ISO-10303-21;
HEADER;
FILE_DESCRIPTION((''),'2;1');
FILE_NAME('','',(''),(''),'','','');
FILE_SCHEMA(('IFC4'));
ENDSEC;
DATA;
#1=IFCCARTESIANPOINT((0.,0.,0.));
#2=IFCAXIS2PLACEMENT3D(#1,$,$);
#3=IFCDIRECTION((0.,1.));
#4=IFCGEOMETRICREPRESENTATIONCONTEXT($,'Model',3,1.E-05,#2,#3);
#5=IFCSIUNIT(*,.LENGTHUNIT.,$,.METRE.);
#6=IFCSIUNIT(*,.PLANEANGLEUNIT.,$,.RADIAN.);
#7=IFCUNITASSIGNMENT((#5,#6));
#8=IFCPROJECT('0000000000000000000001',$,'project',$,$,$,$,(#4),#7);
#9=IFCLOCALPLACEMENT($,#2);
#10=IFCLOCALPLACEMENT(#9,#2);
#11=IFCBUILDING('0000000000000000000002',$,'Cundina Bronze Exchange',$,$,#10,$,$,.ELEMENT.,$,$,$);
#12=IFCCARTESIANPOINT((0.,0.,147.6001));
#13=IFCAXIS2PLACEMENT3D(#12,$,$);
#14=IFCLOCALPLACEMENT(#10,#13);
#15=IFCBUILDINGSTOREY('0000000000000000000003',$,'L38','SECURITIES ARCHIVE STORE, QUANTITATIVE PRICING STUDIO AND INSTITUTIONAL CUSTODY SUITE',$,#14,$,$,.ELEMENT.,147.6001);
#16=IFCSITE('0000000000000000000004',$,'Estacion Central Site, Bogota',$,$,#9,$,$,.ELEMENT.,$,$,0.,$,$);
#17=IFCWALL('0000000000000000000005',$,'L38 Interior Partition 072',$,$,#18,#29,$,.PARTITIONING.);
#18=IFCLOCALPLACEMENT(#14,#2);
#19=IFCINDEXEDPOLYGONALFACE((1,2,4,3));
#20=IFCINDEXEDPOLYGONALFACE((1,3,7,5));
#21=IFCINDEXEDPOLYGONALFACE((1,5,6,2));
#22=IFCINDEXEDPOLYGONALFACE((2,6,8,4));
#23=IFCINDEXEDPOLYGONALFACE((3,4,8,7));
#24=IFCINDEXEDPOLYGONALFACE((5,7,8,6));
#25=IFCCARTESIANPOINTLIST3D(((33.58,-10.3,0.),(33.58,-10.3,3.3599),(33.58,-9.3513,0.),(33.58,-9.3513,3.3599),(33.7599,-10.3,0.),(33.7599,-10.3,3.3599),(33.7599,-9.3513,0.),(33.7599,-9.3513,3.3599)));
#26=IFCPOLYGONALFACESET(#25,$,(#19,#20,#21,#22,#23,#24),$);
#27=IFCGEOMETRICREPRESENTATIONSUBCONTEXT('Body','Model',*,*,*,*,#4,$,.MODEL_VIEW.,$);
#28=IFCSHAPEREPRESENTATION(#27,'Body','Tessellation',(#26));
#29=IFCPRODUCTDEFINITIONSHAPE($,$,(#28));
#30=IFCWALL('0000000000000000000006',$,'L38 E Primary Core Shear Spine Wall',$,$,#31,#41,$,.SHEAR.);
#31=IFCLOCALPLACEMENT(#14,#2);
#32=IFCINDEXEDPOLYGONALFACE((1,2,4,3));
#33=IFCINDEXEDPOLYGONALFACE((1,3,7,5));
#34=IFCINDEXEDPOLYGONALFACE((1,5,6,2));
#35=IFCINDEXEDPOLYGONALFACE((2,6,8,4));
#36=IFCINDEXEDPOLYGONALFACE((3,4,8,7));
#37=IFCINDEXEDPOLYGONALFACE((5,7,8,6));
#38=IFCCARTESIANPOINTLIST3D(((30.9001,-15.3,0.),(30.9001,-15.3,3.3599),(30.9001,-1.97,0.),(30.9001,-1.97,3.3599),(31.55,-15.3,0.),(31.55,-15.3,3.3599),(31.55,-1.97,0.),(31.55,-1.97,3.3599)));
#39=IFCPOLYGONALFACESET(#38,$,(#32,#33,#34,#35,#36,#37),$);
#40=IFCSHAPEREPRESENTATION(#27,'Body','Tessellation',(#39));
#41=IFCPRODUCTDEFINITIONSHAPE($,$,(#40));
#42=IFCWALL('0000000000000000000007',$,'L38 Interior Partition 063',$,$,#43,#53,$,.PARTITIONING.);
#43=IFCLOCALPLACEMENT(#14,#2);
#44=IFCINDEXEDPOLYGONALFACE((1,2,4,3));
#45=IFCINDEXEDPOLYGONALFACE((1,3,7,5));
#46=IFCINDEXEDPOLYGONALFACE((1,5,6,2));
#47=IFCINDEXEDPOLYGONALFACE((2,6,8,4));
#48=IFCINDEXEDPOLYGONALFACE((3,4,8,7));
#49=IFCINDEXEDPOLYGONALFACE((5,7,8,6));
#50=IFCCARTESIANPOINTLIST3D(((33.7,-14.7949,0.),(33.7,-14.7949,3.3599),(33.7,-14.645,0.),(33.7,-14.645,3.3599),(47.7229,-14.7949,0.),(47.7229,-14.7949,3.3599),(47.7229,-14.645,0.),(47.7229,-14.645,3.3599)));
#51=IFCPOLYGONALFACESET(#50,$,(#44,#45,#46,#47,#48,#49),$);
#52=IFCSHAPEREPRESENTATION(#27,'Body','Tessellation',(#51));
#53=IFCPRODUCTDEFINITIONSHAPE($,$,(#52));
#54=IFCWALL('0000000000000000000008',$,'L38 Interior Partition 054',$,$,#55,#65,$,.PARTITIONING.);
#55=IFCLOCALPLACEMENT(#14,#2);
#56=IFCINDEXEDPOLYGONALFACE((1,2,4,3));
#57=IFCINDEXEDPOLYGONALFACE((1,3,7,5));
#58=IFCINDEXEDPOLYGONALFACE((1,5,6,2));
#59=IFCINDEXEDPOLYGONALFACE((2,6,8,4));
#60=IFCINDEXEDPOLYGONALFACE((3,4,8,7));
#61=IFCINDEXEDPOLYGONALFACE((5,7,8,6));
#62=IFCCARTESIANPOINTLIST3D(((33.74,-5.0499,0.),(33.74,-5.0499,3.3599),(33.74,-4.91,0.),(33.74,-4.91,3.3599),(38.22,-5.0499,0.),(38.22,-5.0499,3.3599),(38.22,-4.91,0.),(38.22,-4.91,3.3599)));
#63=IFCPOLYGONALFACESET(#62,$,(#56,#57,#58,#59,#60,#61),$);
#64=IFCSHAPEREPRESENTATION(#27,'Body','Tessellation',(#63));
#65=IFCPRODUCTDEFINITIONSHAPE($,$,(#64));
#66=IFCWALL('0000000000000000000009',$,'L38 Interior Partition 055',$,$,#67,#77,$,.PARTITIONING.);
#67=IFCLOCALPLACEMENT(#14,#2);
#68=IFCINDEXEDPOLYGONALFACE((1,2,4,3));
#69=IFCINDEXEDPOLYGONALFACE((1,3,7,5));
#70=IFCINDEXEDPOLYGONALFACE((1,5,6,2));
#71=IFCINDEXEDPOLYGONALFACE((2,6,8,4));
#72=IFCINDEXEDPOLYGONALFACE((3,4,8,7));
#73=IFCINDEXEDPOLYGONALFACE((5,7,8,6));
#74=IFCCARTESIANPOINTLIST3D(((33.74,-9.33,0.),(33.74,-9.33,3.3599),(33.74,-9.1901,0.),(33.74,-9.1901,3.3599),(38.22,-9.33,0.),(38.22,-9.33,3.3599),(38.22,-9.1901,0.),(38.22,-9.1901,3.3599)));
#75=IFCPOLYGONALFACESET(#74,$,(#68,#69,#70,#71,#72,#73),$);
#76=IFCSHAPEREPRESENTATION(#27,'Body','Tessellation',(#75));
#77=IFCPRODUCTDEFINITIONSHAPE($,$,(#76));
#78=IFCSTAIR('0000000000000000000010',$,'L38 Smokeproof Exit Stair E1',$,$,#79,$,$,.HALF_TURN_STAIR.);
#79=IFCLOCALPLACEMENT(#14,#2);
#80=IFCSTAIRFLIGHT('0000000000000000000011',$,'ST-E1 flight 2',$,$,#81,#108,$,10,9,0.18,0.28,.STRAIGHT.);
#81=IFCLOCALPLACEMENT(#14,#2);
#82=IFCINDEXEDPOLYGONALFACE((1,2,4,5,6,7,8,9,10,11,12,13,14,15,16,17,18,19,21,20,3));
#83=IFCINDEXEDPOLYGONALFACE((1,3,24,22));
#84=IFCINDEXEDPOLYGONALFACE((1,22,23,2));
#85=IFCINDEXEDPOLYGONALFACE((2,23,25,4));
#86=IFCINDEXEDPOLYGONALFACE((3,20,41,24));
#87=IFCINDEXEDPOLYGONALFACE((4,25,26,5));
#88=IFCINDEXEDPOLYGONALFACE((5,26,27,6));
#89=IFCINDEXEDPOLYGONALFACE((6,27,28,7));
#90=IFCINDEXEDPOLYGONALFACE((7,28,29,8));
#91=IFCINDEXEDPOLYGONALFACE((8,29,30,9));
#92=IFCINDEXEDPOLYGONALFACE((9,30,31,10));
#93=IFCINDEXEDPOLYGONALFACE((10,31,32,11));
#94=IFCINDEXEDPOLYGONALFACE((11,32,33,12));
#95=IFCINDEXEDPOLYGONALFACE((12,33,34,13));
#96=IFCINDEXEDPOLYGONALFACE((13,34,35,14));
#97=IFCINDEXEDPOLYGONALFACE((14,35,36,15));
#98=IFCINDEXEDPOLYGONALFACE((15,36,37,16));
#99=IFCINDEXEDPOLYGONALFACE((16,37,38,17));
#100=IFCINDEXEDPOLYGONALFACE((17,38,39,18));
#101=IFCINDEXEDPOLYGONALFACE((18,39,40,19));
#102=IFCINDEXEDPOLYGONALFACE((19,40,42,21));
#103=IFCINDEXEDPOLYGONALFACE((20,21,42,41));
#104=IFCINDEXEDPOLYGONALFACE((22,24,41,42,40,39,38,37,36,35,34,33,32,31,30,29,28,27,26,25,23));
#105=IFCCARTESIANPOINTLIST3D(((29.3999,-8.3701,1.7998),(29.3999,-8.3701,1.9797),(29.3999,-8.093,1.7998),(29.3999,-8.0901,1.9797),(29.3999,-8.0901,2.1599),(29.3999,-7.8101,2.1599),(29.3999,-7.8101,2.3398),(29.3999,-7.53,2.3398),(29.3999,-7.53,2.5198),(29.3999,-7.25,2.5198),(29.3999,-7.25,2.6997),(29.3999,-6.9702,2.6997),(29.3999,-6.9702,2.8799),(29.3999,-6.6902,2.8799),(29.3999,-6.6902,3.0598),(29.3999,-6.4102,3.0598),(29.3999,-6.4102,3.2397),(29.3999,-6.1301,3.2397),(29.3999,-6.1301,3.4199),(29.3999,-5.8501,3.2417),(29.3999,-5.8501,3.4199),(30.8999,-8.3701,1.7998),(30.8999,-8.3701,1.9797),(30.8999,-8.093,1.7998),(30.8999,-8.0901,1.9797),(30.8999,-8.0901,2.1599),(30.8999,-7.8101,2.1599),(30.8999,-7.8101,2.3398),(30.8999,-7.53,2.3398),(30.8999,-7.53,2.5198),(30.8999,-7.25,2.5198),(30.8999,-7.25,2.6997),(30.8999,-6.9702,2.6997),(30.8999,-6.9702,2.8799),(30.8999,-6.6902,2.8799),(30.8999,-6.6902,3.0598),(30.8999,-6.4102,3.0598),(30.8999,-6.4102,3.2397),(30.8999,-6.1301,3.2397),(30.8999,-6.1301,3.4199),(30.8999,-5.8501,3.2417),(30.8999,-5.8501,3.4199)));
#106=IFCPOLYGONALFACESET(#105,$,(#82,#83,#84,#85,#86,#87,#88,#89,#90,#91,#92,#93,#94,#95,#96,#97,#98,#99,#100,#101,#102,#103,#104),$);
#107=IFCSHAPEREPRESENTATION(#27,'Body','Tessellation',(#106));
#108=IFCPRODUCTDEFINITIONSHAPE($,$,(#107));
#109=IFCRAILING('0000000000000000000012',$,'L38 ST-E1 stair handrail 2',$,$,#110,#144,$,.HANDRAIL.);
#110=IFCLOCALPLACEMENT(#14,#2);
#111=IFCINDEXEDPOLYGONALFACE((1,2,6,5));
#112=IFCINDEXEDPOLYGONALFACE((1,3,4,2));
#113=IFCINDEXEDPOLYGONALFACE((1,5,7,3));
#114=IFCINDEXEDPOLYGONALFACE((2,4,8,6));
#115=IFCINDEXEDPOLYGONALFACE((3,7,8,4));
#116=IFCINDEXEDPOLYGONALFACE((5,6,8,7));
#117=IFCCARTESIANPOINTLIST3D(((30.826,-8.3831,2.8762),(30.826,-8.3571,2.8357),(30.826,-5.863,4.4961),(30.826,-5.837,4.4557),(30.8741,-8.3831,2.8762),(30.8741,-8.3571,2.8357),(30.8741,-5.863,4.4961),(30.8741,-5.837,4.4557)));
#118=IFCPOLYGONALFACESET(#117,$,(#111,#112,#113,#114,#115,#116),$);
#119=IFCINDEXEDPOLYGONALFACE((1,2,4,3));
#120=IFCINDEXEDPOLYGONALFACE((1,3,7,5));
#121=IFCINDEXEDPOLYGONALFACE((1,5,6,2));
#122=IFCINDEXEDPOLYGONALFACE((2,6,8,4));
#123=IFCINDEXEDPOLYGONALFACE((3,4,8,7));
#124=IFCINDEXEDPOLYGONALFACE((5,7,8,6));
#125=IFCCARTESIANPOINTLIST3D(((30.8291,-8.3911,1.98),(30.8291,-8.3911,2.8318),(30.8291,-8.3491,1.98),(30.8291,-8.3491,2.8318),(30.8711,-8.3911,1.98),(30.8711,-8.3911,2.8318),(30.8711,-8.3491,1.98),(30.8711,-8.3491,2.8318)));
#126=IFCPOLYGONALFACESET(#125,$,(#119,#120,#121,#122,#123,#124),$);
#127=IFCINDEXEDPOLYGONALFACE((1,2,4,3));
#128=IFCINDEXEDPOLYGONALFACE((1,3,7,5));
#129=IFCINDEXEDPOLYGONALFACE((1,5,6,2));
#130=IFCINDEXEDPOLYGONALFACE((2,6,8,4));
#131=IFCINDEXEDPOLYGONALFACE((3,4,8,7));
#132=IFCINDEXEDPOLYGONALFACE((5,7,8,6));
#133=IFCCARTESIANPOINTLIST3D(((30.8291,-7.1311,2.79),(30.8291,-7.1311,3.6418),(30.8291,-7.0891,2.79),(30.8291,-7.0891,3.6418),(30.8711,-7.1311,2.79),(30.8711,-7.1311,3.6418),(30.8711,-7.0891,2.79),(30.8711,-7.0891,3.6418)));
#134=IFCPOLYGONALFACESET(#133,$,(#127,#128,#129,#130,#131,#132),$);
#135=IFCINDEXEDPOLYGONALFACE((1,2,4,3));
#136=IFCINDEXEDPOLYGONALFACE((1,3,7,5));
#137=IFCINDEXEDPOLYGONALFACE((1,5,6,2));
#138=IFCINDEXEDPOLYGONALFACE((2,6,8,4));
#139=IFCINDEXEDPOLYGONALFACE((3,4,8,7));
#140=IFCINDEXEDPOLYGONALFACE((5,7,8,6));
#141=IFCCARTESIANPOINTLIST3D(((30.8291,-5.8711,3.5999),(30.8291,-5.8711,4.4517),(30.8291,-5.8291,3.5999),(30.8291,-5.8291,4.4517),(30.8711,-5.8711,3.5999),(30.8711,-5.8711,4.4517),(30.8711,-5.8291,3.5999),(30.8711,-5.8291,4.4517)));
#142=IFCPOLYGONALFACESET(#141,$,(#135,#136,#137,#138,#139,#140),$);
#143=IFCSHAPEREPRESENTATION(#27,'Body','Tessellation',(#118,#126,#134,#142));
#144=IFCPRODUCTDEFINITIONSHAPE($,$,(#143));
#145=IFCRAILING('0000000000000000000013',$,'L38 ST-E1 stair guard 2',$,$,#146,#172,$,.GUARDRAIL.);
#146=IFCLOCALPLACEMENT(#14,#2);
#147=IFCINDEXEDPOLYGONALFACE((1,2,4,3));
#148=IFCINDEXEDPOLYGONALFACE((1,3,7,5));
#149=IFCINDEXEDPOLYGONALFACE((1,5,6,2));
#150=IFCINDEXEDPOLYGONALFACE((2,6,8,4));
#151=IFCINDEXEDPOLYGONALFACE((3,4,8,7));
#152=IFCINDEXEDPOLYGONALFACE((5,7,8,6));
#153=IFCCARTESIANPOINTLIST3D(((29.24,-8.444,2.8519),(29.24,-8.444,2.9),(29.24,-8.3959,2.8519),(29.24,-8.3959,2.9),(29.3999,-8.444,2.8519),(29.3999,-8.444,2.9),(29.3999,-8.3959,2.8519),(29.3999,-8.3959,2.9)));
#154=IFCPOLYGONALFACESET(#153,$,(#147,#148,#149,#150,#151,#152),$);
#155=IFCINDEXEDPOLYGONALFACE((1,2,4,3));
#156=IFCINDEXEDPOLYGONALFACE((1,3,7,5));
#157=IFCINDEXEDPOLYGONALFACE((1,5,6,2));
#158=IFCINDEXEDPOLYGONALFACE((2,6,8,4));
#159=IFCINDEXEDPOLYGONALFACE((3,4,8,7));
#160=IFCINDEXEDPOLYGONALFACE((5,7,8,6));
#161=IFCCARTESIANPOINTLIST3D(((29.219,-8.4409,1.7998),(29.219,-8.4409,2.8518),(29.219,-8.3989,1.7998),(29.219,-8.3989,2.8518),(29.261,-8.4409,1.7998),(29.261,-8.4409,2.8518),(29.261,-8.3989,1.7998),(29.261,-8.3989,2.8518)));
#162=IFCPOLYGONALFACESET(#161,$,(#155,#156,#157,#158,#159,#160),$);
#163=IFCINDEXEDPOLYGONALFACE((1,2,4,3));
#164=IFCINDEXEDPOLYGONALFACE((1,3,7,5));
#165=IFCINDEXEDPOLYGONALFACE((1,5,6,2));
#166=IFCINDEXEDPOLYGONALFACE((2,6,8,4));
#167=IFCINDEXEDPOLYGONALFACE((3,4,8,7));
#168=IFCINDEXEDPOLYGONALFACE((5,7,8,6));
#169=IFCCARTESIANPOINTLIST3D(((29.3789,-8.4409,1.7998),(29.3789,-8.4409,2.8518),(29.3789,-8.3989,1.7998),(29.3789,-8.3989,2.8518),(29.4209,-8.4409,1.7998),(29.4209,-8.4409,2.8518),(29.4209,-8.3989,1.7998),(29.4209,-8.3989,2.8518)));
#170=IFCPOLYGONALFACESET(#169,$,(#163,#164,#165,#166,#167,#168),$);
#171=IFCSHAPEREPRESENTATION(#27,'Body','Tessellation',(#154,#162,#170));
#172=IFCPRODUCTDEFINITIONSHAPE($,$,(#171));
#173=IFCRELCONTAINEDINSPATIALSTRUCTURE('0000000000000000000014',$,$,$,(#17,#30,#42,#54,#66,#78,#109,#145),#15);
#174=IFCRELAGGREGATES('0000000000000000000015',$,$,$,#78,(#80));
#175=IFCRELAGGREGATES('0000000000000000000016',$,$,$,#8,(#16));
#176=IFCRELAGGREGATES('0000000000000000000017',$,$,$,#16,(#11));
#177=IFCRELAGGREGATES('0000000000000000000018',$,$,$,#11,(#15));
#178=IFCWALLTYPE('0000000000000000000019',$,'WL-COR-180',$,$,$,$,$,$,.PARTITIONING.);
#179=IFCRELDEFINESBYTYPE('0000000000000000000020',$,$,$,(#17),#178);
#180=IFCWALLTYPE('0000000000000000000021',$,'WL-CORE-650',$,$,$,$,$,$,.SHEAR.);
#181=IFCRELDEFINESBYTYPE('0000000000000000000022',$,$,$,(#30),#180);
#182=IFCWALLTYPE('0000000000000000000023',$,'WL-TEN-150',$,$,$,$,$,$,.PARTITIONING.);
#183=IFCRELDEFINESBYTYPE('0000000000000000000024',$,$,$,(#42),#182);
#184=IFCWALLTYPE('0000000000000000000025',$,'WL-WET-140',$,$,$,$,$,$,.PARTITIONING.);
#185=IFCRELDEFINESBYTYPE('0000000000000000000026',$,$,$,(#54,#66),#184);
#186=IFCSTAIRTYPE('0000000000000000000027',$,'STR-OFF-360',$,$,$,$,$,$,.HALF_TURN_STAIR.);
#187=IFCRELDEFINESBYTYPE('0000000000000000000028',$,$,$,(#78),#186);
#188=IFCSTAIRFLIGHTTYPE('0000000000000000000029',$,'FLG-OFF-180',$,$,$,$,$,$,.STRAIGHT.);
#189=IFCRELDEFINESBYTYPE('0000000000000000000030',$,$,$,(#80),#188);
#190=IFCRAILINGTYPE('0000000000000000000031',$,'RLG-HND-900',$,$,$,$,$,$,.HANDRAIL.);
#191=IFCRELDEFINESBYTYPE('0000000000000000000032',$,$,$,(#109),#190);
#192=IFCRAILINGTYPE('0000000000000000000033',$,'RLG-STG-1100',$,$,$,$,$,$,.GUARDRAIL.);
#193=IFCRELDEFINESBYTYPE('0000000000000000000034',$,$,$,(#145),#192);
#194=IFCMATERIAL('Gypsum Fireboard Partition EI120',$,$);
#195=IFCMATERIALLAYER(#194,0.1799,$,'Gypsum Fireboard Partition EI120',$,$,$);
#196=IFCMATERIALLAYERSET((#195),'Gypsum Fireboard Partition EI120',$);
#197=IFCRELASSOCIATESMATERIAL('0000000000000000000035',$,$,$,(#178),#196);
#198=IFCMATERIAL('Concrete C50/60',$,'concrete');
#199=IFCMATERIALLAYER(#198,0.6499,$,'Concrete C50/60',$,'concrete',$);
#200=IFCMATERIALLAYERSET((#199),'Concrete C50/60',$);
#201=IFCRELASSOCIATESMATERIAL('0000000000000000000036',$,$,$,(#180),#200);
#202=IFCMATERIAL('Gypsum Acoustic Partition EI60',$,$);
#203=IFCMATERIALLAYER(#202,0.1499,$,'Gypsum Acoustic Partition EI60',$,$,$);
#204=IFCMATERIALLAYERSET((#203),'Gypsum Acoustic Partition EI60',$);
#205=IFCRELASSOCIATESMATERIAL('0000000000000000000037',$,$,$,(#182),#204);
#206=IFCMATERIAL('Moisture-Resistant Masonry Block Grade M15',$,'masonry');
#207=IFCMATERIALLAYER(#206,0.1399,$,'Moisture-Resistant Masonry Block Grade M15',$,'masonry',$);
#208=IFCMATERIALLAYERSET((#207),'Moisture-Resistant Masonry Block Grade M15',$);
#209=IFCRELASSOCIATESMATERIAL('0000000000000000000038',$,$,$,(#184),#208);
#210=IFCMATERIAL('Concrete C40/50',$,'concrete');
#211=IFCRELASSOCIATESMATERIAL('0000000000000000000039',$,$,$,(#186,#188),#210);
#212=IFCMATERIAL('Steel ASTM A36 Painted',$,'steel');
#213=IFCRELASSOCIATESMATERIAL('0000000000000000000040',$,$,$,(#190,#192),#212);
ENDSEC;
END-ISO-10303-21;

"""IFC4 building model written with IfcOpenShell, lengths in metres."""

from ifc_helpers import new_model, si_unit, direction, frame, frame_2d, origin, origin_2d, place, context, subcontext, project, spatial, polyline, rectangle, outline, extrude, material, layer, layer_set, type_object, element, aggregate, save


model = new_model("IFC4")

# Units and contexts
model_context = context("Model", 3, precision=1e-05, world=origin(), true_north=direction((0.0, 1.0)))
body_context = subcontext(model_context, "Body", "Model", "MODEL_VIEW")
ifc_project = project(units=[si_unit("LENGTHUNIT", "METRE"), si_unit("PLANEANGLEUNIT", "RADIAN")], contexts=[model_context])

# Site, building, storey
site_placement = place(None, origin())
site = spatial("IfcSite", under=ifc_project, at=site_placement, Name="Estacion Central Site, Bogota", CompositionType="ELEMENT", RefElevation=0.0)
building_placement = place(site_placement, origin())
building = spatial("IfcBuilding", under=site, at=building_placement, Name="Cundina Bronze Exchange", CompositionType="ELEMENT")
storey_placement = place(building_placement, frame((0.0, 0.0, 147.6001)))
storey = spatial("IfcBuildingStorey", under=building, at=storey_placement, Name="L38", Description="SECURITIES ARCHIVE STORE, QUANTITATIVE PRICING STUDIO AND INSTITUTIONAL CUSTODY SUITE", CompositionType="ELEMENT", Elevation=147.6001)

# Shared definitions
ifc_material_1 = material(Name="Concrete C50/60", Category="concrete")

# Shared definitions
ifc_material_2 = material(Name="Gypsum Fireboard Partition EI120")
ifc_layer_1 = layer(ifc_material_2, 0.1799, Name="Gypsum Fireboard Partition EI120")
ifc_layer_set_1 = layer_set([ifc_layer_1], Name="Gypsum Fireboard Partition EI120")
wall_type_1 = type_object("IfcWallType", Name="WL-COR-180", PredefinedType="PARTITIONING", material=ifc_layer_set_1)

# Walls
wall_1_placement = place(storey_placement, frame((33.6699, -10.3, 0.0), z_axis=(0.0, 0.0, 1.0), x_axis=(0.0, 1.0, 0.0)))
element("IfcWall", 1, at=wall_1_placement, inside=storey, type_object=wall_type_1, Name="L38 Interior Partition 072", PredefinedType="PARTITIONING", context=body_context, shape_type="SweptSolid", body=[
    extrude(rectangle(XDim=0.9487, YDim=0.1799, at=frame_2d((0.4744, 0.0))), origin(), (0.0, 0.0, 1.0), 3.3599),
])
ifc_layer_2 = layer(ifc_material_1, 0.6499, Name="Concrete C50/60", Category="concrete")
ifc_layer_set_2 = layer_set([ifc_layer_2], Name="Concrete C50/60")
wall_type_2 = type_object("IfcWallType", Name="WL-CORE-650", PredefinedType="SHEAR", material=ifc_layer_set_2)
wall_2_placement = place(storey_placement, frame((31.2251, -15.3, 0.0), z_axis=(0.0, 0.0, 1.0), x_axis=(0.0, 1.0, 0.0)))
element("IfcWall", 2, at=wall_2_placement, inside=storey, type_object=wall_type_2, Name="L38 E Primary Core Shear Spine Wall", PredefinedType="SHEAR", context=body_context, shape_type="SweptSolid", body=[
    extrude(rectangle(XDim=13.3301, YDim=0.6499, at=frame_2d((6.665, 0.0))), origin(), (0.0, 0.0, 1.0), 3.3599),
])
ifc_material_3 = material(Name="Gypsum Acoustic Partition EI60")
ifc_layer_3 = layer(ifc_material_3, 0.1499, Name="Gypsum Acoustic Partition EI60")
ifc_layer_set_3 = layer_set([ifc_layer_3], Name="Gypsum Acoustic Partition EI60")
wall_type_3 = type_object("IfcWallType", Name="WL-TEN-150", PredefinedType="PARTITIONING", material=ifc_layer_set_3)
wall_3_placement = place(storey_placement, frame((33.7, -14.72, 0.0), z_axis=(0.0, 0.0, 1.0), x_axis=(1.0, 0.0, 0.0)))
element("IfcWall", 3, at=wall_3_placement, inside=storey, type_object=wall_type_3, Name="L38 Interior Partition 063", PredefinedType="PARTITIONING", context=body_context, shape_type="SweptSolid", body=[
    extrude(rectangle(XDim=14.0229, YDim=0.1499, at=frame_2d((7.0115, 0.0))), origin(), (0.0, 0.0, 1.0), 3.3599),
])
ifc_material_4 = material(Name="Moisture-Resistant Masonry Block Grade M15", Category="masonry")
ifc_layer_4 = layer(ifc_material_4, 0.1399, Name="Moisture-Resistant Masonry Block Grade M15", Category="masonry")
ifc_layer_set_4 = layer_set([ifc_layer_4], Name="Moisture-Resistant Masonry Block Grade M15")
wall_type_4 = type_object("IfcWallType", Name="WL-WET-140", PredefinedType="PARTITIONING", material=ifc_layer_set_4)
for number, where, z_axis, x_axis, name in (
    (4, (33.74, -4.98, 0.0), (0.0, 0.0, 1.0), (1.0, 0.0, 0.0), "L38 Interior Partition 054"),
    (5, (33.74, -9.26, 0.0), (0.0, 0.0, 1.0), (1.0, 0.0, 0.0), "L38 Interior Partition 055"),
):
    element("IfcWall", number, at=place(storey_placement, frame(where, z_axis=z_axis, x_axis=x_axis)), inside=storey, type_object=wall_type_4, Name=name, PredefinedType="PARTITIONING", context=body_context, shape_type="SweptSolid", body=[
        extrude(rectangle(XDim=4.48, YDim=0.1399, at=frame_2d((2.24, 0.0))), origin(), (0.0, 0.0, 1.0), 3.3599),
    ])

# Stair, stair flight
ifc_material_5 = material(Name="Concrete C40/50", Category="concrete")
stair_type = type_object("IfcStairType", Name="STR-OFF-360", PredefinedType="HALF_TURN_STAIR", material=ifc_material_5)
stair_placement = place(storey_placement, origin())
stair = element("IfcStair", 6, at=stair_placement, inside=storey, type_object=stair_type, Name="L38 Smokeproof Exit Stair E1", PredefinedType="HALF_TURN_STAIR")
stair_flight_type = type_object("IfcStairFlightType", Name="FLG-OFF-180", PredefinedType="STRAIGHT", material=ifc_material_5)
stair_flight_placement = place(storey_placement, frame((30.1499, -8.3701, 1.7998), z_axis=(0.0, 0.0, 1.0), x_axis=(0.0, 1.0, 0.0)))
stair_flight = element("IfcStairFlight", 7, at=stair_flight_placement, type_object=stair_flight_type, Name="ST-E1 flight 2", NumberOfRisers=10, NumberOfTreads=9, PredefinedType="STRAIGHT", RiserHeight=0.18, TreadLength=0.28, context=body_context, shape_type="SweptSolid", body=[
    extrude(outline(polyline([(0.0, 0.0), (0.0, 0.1799), (0.28, 0.1799), (0.28, 0.3601), (0.5601, 0.3601), (0.5601, 0.54), (0.8401, 0.54), (0.8401, 0.72), (1.1201, 0.72), (1.1201, 0.8999), (1.3999, 0.8999), (1.3999, 1.0801), (1.6799, 1.0801), (1.6799, 1.26), (1.96, 1.26), (1.96, 1.4399), (2.24, 1.4399), (2.24, 1.6201), (2.52, 1.6201), (2.52, 1.8), (2.52, 1.4419), (0.2771, 0.0), (0.0, 0.0)])), frame((0.0, 0.75, 0.0), z_axis=(0.0, -1.0, 0.0), x_axis=(1.0, 0.0, 0.0)), (0.0, 0.0, 1.0), 1.5),
])
aggregate(stair, [stair_flight])

# Railings
ifc_material_6 = material(Name="Steel ASTM A36 Painted", Category="steel")
railing_type_1 = type_object("IfcRailingType", Name="RLG-HND-900", PredefinedType="HANDRAIL", material=ifc_material_6)
railing_1_placement = place(storey_placement, frame((30.8501, -8.3701, 1.98)))
element("IfcRailing", 8, at=railing_1_placement, inside=storey, type_object=railing_type_1, Name="L38 ST-E1 stair handrail 2", PredefinedType="HANDRAIL", context=body_context, shape_type="SweptSolid", body=[
    extrude(rectangle(XDim=0.0481, YDim=0.0481, at=origin_2d()), frame((0.0, 0.0, 0.876), z_axis=(0.0, 0.8412, 0.540725), x_axis=(-1.0, 0.0, 0.0)), (0.0, 0.0, 1.0), 2.9958),
    extrude(rectangle(XDim=0.042, YDim=0.042, at=origin_2d()), origin(), (0.0, 0.0, 1.0), 0.8518),
    extrude(rectangle(XDim=0.042, YDim=0.042, at=origin_2d()), frame((0.0, 1.26, 0.8101)), (0.0, 0.0, 1.0), 0.8518),
    extrude(rectangle(XDim=0.042, YDim=0.042, at=origin_2d()), frame((0.0, 2.52, 1.6199)), (0.0, 0.0, 1.0), 0.8518),
])
railing_type_2 = type_object("IfcRailingType", Name="RLG-STG-1100", PredefinedType="GUARDRAIL", material=ifc_material_6)
railing_2_placement = place(storey_placement, frame((29.24, -8.4199, 1.7998)))
element("IfcRailing", 9, at=railing_2_placement, inside=storey, type_object=railing_type_2, Name="L38 ST-E1 stair guard 2", PredefinedType="GUARDRAIL", context=body_context, shape_type="SweptSolid", body=[
    extrude(rectangle(XDim=0.0481, YDim=0.0481, at=origin_2d()), frame((0.0, 0.0, 1.0762), z_axis=(1.0, 0.0, 0.0), x_axis=(0.0, 1.0, 0.0)), (0.0, 0.0, 1.0), 0.1599),
    extrude(rectangle(XDim=0.042, YDim=0.042, at=origin_2d()), origin(), (0.0, 0.0, 1.0), 1.052),
    extrude(rectangle(XDim=0.042, YDim=0.042, at=origin_2d()), frame((0.1599, 0.0, 0.0)), (0.0, 0.0, 1.0), 1.052),
])

save(model, "model.ifc")
